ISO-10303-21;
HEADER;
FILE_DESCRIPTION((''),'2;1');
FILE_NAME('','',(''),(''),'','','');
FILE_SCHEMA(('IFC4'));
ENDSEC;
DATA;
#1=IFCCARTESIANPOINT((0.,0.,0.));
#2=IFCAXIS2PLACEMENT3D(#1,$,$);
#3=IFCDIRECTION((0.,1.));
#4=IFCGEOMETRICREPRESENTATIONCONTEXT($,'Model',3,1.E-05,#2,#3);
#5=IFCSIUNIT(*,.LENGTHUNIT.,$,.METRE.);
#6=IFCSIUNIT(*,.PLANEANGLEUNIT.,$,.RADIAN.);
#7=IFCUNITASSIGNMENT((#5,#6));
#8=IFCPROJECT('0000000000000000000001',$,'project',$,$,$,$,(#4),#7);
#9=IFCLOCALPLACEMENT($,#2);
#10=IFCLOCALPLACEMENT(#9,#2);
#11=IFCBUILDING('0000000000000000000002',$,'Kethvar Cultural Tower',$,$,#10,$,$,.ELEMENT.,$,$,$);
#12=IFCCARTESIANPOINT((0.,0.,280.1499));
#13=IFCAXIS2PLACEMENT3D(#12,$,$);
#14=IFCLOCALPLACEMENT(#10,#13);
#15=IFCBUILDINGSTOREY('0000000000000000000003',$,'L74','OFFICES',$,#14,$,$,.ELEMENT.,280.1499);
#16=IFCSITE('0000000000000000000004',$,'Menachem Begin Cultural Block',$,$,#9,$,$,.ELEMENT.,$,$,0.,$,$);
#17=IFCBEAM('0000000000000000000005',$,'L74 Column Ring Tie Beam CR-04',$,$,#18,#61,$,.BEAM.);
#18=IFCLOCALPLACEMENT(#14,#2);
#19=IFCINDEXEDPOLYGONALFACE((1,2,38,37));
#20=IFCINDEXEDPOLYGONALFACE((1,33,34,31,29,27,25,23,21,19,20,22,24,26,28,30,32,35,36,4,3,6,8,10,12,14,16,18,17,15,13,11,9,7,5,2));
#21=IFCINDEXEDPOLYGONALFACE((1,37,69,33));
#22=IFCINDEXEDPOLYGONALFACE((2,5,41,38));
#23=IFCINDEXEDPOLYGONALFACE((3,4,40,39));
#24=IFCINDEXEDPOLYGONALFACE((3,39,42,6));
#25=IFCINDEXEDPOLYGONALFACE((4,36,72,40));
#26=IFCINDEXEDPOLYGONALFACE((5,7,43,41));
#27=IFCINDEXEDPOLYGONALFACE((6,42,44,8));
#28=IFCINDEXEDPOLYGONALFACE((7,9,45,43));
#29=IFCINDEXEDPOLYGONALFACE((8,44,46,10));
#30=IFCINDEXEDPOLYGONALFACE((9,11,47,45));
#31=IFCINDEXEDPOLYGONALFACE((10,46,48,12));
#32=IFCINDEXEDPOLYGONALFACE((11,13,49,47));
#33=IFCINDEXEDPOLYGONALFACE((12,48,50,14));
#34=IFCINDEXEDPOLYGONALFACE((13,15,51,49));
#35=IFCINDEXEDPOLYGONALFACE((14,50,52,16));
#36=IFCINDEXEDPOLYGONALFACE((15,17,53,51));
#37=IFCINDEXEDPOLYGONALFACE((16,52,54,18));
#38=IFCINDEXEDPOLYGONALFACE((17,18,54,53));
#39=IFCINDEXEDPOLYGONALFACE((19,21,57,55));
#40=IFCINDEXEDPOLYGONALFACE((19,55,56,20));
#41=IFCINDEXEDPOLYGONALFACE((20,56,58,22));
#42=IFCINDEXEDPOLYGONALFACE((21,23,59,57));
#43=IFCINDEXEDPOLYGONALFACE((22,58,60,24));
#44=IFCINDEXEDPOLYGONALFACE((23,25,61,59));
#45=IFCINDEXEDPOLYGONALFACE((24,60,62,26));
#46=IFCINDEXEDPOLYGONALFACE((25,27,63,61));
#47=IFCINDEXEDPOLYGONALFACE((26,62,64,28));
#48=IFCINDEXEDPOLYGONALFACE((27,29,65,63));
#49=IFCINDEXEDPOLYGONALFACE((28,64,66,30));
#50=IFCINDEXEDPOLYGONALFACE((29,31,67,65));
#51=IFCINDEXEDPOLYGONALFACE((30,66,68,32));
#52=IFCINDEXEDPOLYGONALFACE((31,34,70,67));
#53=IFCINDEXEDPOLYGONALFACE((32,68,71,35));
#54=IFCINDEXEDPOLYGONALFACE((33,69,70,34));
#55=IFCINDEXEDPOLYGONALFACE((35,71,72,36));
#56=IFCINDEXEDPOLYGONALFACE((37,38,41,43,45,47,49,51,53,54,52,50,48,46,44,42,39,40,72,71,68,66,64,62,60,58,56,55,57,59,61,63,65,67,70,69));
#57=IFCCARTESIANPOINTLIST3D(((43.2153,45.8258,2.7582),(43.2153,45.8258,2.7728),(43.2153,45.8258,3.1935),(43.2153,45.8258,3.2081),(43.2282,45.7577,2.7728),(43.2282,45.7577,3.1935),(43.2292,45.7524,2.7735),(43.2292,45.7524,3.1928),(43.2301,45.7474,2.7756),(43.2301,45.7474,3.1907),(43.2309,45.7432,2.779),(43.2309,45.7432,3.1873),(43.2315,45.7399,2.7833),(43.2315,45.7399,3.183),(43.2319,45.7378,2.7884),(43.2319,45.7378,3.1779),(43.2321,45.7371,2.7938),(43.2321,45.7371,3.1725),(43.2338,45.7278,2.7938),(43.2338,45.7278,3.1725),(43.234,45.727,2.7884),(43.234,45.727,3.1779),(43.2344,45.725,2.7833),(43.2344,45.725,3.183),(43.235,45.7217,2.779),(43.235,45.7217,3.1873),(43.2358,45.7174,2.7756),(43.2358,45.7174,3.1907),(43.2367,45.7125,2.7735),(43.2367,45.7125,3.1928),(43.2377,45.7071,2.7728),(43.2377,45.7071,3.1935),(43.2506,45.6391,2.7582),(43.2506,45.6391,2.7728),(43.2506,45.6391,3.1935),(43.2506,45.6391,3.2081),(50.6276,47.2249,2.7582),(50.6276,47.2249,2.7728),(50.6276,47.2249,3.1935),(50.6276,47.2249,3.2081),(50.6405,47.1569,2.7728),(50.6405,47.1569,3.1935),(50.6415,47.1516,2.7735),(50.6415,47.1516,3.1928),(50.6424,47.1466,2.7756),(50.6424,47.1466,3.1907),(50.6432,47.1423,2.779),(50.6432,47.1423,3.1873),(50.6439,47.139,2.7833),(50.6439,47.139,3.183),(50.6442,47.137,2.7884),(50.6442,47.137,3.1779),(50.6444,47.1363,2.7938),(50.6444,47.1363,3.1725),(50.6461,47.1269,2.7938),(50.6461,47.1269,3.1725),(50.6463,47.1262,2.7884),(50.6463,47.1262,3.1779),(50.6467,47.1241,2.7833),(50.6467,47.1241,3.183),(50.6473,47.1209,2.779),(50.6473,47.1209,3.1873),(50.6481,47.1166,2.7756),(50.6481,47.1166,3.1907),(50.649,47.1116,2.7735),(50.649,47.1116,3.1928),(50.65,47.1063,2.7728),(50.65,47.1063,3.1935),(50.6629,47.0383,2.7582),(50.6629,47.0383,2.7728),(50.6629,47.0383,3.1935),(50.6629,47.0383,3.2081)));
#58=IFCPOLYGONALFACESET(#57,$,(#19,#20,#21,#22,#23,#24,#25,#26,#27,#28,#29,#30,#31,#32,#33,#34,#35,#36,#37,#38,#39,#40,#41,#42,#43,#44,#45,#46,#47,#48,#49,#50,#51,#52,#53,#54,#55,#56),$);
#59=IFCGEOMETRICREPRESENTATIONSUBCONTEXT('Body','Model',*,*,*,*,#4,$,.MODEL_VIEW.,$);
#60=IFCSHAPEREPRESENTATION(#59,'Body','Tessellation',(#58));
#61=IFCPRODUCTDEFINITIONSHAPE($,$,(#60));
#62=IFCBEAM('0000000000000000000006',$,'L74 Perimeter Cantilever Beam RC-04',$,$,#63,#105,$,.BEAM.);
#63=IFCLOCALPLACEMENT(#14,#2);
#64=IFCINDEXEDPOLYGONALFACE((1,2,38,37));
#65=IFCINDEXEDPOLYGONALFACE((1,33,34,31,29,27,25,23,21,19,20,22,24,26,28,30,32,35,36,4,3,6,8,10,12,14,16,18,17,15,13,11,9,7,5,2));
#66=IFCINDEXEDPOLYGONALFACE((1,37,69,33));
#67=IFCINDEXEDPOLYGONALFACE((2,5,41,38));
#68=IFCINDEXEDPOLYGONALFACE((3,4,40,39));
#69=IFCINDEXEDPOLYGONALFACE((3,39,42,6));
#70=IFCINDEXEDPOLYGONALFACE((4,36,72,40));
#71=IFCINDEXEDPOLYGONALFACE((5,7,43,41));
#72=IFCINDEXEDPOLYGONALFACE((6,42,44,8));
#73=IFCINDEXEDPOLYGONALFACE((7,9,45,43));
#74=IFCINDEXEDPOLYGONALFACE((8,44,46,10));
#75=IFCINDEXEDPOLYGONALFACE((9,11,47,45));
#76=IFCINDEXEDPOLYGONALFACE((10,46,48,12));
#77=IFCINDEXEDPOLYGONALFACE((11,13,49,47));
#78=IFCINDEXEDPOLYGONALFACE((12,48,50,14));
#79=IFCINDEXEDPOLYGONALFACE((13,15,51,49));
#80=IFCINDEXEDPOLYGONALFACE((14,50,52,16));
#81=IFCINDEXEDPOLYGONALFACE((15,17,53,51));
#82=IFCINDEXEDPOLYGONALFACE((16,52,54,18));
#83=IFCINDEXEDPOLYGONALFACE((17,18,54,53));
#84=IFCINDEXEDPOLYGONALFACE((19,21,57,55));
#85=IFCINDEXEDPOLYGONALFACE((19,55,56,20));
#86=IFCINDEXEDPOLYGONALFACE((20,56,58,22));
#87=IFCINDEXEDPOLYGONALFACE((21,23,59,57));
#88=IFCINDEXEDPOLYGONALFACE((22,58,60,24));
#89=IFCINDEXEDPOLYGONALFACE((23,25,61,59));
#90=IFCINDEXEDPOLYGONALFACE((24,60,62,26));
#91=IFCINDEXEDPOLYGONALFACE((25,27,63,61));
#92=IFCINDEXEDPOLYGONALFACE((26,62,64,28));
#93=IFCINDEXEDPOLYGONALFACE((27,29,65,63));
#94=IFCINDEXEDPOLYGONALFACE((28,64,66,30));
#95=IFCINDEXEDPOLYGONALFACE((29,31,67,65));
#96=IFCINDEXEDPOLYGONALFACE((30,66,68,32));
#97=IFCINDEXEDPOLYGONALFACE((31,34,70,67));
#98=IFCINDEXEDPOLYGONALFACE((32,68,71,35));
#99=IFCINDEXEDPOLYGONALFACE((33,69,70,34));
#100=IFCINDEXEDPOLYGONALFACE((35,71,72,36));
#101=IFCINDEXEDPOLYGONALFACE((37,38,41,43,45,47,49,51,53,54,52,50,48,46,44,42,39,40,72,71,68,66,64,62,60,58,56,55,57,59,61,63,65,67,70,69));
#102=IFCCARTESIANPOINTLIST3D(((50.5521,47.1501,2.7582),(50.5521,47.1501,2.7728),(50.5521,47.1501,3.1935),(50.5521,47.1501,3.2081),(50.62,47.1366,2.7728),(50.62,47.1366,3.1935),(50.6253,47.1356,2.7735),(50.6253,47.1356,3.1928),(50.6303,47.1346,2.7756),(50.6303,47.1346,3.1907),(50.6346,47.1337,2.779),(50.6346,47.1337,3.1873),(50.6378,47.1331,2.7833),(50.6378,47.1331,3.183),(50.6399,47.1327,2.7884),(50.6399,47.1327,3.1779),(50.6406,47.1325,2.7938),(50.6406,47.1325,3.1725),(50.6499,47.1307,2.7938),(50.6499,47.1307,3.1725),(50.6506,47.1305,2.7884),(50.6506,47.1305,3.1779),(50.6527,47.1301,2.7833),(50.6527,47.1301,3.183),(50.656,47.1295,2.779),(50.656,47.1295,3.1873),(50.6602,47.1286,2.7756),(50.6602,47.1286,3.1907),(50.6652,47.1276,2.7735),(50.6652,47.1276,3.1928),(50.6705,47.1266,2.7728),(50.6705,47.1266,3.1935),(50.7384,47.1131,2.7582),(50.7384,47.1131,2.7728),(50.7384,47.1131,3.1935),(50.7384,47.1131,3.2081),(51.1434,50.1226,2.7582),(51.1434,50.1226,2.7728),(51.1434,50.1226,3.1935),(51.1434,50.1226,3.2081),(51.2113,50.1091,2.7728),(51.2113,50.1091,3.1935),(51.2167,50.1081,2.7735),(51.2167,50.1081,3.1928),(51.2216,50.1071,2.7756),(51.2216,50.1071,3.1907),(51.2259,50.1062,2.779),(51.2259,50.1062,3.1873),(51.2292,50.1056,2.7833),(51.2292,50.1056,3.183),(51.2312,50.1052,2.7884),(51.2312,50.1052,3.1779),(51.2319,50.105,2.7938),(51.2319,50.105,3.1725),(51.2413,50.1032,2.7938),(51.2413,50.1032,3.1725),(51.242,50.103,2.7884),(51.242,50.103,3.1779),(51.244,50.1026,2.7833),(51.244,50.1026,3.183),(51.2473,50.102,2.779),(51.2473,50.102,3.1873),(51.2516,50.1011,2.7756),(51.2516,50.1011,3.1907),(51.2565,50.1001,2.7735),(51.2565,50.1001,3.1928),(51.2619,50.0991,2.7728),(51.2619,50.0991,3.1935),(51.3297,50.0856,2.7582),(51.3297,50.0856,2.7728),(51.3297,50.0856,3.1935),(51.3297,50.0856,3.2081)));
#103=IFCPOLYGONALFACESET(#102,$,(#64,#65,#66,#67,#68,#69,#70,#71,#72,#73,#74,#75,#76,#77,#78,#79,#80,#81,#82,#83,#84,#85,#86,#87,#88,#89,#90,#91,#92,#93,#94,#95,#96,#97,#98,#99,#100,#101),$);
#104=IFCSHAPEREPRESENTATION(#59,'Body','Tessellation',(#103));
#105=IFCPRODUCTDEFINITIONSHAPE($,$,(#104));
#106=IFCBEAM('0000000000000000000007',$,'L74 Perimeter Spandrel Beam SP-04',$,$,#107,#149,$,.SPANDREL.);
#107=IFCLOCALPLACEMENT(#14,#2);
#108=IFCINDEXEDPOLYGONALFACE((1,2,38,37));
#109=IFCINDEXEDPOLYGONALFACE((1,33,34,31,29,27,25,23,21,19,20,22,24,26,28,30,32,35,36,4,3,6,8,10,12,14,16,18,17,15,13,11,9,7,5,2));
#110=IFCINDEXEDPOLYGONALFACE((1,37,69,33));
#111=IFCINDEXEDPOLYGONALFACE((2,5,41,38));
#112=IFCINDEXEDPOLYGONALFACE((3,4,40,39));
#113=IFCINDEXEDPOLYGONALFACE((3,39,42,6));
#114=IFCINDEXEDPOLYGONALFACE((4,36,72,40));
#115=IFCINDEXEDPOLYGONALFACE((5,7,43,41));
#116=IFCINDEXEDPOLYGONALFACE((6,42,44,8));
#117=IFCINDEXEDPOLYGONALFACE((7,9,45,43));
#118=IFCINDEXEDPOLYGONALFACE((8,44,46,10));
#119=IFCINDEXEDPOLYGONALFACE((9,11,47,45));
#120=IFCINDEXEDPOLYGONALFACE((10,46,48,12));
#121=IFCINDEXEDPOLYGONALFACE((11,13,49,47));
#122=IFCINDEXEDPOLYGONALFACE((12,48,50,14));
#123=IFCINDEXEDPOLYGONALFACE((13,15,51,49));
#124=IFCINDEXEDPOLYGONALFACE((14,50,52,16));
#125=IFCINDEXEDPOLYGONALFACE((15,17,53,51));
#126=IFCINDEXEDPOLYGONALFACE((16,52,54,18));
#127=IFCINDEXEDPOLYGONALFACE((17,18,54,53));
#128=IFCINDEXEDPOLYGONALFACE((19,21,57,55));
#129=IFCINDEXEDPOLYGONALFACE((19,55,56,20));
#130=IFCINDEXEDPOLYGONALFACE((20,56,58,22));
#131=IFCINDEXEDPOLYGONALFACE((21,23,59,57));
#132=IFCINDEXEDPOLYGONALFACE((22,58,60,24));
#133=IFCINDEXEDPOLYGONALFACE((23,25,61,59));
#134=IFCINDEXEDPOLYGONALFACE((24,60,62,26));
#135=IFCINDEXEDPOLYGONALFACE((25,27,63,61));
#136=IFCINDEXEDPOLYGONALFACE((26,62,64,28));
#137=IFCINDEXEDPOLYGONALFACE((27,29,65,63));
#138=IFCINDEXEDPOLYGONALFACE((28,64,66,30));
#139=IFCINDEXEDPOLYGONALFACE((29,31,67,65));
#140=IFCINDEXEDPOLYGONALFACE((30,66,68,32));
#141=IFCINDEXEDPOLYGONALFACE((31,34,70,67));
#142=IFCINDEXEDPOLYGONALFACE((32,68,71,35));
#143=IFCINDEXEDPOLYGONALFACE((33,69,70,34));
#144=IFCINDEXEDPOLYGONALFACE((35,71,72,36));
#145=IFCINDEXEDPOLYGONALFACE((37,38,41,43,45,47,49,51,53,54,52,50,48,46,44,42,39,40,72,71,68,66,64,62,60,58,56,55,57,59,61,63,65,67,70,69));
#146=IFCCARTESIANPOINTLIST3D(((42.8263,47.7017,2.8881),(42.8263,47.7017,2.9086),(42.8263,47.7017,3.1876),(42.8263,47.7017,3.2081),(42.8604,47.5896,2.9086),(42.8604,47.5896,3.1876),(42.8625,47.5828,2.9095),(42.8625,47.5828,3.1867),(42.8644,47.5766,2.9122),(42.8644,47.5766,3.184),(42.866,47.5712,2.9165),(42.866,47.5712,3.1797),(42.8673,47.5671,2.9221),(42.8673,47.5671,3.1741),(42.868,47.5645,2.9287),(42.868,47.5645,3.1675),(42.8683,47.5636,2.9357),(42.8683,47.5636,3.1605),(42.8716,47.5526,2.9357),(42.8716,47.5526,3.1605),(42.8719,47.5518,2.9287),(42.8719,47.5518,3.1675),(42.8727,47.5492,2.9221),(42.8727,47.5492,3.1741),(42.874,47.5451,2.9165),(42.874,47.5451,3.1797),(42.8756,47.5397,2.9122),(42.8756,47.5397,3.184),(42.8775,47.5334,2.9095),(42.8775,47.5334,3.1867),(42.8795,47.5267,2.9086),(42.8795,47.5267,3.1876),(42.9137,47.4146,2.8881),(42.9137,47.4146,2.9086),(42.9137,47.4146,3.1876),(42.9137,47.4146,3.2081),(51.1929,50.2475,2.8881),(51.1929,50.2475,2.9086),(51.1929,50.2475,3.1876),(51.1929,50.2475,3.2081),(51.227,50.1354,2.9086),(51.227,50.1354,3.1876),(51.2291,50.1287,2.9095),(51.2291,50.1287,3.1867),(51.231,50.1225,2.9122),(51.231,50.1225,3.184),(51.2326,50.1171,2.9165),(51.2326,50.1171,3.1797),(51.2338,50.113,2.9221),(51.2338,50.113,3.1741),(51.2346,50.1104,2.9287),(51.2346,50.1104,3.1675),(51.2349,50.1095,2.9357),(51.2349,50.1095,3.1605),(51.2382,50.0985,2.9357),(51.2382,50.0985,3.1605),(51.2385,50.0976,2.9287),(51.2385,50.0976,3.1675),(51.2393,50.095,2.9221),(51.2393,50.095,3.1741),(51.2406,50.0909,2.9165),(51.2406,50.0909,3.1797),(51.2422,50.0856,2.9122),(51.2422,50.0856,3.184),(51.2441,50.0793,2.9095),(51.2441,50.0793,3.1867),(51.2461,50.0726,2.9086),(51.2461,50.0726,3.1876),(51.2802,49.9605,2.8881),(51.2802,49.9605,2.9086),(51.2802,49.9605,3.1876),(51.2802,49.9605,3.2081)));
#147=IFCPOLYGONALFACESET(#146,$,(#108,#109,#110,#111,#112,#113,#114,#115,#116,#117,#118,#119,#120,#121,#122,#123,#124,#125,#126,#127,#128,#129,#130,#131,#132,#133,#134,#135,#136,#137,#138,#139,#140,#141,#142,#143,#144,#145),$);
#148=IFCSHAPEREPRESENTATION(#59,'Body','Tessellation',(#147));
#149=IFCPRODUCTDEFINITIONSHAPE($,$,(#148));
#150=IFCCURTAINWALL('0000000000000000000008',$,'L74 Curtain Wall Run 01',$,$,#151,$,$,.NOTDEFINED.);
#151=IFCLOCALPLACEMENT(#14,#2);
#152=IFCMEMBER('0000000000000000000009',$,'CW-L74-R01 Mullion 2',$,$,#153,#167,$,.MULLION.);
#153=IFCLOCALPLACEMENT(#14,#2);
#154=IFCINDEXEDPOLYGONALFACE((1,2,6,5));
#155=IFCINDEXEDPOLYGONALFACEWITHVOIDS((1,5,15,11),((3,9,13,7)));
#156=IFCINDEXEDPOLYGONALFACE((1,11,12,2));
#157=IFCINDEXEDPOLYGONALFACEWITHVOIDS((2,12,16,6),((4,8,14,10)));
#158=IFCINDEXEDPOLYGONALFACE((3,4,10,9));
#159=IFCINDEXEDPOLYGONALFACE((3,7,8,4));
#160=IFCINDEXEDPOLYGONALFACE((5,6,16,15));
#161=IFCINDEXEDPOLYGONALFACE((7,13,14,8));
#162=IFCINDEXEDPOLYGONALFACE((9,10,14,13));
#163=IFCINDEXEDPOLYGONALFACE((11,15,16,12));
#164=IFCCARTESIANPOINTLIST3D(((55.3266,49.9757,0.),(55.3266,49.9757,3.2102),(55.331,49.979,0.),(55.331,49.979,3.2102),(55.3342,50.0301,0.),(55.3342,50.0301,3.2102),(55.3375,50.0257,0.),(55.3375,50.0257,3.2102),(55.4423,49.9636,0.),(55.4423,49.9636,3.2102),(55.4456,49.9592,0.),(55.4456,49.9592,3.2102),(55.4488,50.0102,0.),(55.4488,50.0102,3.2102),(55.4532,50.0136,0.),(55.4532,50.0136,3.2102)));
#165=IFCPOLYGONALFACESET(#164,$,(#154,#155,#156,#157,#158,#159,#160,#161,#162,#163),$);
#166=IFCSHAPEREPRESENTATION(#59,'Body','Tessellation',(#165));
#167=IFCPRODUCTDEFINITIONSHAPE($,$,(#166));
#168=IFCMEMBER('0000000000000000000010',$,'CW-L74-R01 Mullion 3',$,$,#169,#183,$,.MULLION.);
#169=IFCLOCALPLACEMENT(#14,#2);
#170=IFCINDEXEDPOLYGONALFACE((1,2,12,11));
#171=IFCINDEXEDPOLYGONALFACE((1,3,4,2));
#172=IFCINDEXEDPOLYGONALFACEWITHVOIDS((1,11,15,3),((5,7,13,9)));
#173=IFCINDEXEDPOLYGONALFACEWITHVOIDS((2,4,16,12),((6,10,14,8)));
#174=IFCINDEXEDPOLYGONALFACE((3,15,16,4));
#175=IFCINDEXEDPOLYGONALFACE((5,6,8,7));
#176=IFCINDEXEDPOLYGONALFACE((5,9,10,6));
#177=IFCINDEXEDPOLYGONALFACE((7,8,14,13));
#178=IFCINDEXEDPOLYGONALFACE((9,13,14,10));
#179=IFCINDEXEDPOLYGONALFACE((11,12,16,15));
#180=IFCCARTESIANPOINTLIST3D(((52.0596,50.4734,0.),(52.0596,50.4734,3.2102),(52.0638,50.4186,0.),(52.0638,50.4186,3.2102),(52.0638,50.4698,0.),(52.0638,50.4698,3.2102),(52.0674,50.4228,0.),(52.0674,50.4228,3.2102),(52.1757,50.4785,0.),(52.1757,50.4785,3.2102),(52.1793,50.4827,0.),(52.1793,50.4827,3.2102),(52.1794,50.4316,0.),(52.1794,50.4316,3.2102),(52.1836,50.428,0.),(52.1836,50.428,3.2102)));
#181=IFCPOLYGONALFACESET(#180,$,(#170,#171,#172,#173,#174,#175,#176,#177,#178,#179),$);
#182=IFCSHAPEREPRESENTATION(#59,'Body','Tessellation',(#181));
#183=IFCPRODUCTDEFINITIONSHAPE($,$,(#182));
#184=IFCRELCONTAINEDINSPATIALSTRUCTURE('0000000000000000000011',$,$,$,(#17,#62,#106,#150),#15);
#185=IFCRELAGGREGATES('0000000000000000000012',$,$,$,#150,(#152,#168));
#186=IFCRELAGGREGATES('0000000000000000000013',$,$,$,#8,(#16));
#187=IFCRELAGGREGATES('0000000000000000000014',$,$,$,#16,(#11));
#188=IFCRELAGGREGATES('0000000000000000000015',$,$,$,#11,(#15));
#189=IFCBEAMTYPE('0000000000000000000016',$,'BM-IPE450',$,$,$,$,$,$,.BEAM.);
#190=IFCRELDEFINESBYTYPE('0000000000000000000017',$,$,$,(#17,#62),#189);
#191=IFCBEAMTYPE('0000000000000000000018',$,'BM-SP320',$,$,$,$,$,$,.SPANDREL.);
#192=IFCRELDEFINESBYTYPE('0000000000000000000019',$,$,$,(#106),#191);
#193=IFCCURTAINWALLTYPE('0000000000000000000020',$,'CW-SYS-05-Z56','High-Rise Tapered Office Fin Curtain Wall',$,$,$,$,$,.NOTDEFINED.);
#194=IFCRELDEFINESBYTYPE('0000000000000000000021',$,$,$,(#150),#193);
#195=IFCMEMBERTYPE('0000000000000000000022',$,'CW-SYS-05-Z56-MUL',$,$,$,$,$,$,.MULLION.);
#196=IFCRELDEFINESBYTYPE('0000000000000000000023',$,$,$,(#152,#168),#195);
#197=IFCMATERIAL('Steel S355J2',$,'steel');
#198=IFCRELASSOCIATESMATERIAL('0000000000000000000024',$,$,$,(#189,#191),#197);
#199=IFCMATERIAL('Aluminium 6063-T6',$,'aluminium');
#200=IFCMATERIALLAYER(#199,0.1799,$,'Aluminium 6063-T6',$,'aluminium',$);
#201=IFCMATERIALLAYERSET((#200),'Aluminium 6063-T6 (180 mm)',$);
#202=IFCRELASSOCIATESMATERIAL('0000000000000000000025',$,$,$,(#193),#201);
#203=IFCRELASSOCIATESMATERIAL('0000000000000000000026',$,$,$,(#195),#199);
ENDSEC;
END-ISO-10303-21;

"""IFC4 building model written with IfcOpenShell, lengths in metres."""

from ifc_helpers import new_model, si_unit, direction, frame, origin, origin_2d, place, context, subcontext, project, spatial, hollow_rectangle, i_section, extrude, source, transform, mapped, material, layer, layer_set, material_profile, profile_set, type_object, element, aggregate, save


model = new_model("IFC4")

# Units and contexts
model_context = context("Model", 3, precision=1e-05, world=origin(), true_north=direction((0.0, 1.0)))
body_context = subcontext(model_context, "Body", "Model", "MODEL_VIEW")
ifc_project = project(units=[si_unit("LENGTHUNIT", "METRE"), si_unit("PLANEANGLEUNIT", "RADIAN")], contexts=[model_context])

# Site, building, storey
site_placement = place(None, origin())
site = spatial("IfcSite", under=ifc_project, at=site_placement, Name="Menachem Begin Cultural Block", CompositionType="ELEMENT", RefElevation=0.0)
building_placement = place(site_placement, origin())
building = spatial("IfcBuilding", under=site, at=building_placement, Name="Kethvar Cultural Tower", CompositionType="ELEMENT")
storey_placement = place(building_placement, frame((0.0, 0.0, 280.1499)))
storey = spatial("IfcBuildingStorey", under=building, at=storey_placement, Name="L74", Description="OFFICES", CompositionType="ELEMENT", Elevation=280.1499)

# Shared definitions
ifc_material_1 = material(Name="Steel S355J2", Category="steel")

# Beams
ifc_material_profile_1 = material_profile(ifc_material_1, i_section(OverallWidth=0.1899, OverallDepth=0.45, WebThickness=0.0095, FlangeThickness=0.0146, FilletRadius=0.021, at=origin_2d()), Name="Steel S355J2 — IPE450")
ifc_profile_set_1 = profile_set([ifc_material_profile_1], Name="Steel S355J2 — IPE450")
beam_type_1 = type_object("IfcBeamType", Name="BM-IPE450", PredefinedType="BEAM", material=ifc_profile_set_1)
shared_shape_1 = source(origin(), body_context, "Body", "SweptSolid", [
    extrude(i_section(OverallWidth=0.1899, OverallDepth=0.45, WebThickness=0.0095, FlangeThickness=0.0146, FilletRadius=0.021, at=origin_2d()), origin(), (0.0, 0.0, 1.0), 7.5432),
])
beam_1_placement = place(storey_placement, frame((50.6453, 47.1316, 2.9832), z_axis=(-0.982647, -0.185486, 0.0), x_axis=(0.185486, -0.982647, 0.0)))
element("IfcBeam", 1, at=beam_1_placement, inside=storey, type_object=beam_type_1, Name="L74 Column Ring Tie Beam CR-04", PredefinedType="BEAM", context=body_context, shape_type="MappedRepresentation", body=[
    mapped(shared_shape_1, transform((0.0, 0.0, 0.0), scale=1.0)),
])
shared_shape_2 = source(origin(), body_context, "Body", "SweptSolid", [
    extrude(i_section(OverallWidth=0.1899, OverallDepth=0.45, WebThickness=0.0095, FlangeThickness=0.0146, FilletRadius=0.021, at=origin_2d()), origin(), (0.0, 0.0, 1.0), 3.0308),
])
beam_2_placement = place(storey_placement, frame((50.6453, 47.1316, 2.9832), z_axis=(0.195109, 0.980782, 0.0), x_axis=(-0.980782, 0.195109, 0.0)))
element("IfcBeam", 2, at=beam_2_placement, inside=storey, type_object=beam_type_1, Name="L74 Perimeter Cantilever Beam RC-04", PredefinedType="BEAM", context=body_context, shape_type="MappedRepresentation", body=[
    mapped(shared_shape_2, transform((0.0, 0.0, 0.0), scale=1.0)),
])
ifc_material_profile_2 = material_profile(ifc_material_1, i_section(OverallWidth=0.3, OverallDepth=0.3201, WebThickness=0.0115, FlangeThickness=0.0205, FilletRadius=0.0271, at=origin_2d()), Name="Steel S355J2 — HEB320")
ifc_profile_set_2 = profile_set([ifc_material_profile_2], Name="Steel S355J2 — HEB320")
beam_type_2 = type_object("IfcBeamType", Name="BM-SP320", PredefinedType="SPANDREL", material=ifc_profile_set_2)
shared_shape_3 = source(origin(), body_context, "Body", "SweptSolid", [
    extrude(i_section(OverallWidth=0.3, OverallDepth=0.3201, WebThickness=0.0115, FlangeThickness=0.0205, FilletRadius=0.0271, at=origin_2d()), origin(), (0.0, 0.0, 1.0), 8.7454),
])
beam_3_placement = place(storey_placement, frame((51.2366, 50.104, 3.0481), z_axis=(-0.956689, -0.291111, 0.0), x_axis=(0.291111, -0.956689, 0.0)))
element("IfcBeam", 3, at=beam_3_placement, inside=storey, type_object=beam_type_2, Name="L74 Perimeter Spandrel Beam SP-04", PredefinedType="SPANDREL", context=body_context, shape_type="MappedRepresentation", body=[
    mapped(shared_shape_3, transform((0.0, 0.0, 0.0), scale=1.0)),
])

# Curtain wall, members
ifc_material_2 = material(Name="Aluminium 6063-T6", Category="aluminium")
ifc_layer_1 = layer(ifc_material_2, 0.1799, Name="Aluminium 6063-T6", Category="aluminium")
ifc_layer_set_1 = layer_set([ifc_layer_1], Name="Aluminium 6063-T6 (180 mm)")
curtain_wall_type = type_object("IfcCurtainWallType", Name="CW-SYS-05-Z56", Description="High-Rise Tapered Office Fin Curtain Wall", PredefinedType="NOTDEFINED", material=ifc_layer_set_1)
curtain_wall_placement = place(storey_placement, origin())
curtain_wall = element("IfcCurtainWall", 4, at=curtain_wall_placement, inside=storey, type_object=curtain_wall_type, Name="L74 Curtain Wall Run 01", PredefinedType="NOTDEFINED")
ifc_material_profile_3 = material_profile(ifc_material_2, hollow_rectangle(XDim=0.0549, YDim=0.1201, WallThickness=0.0039, at=origin_2d()), Name="Aluminium 6063-T6 — RHS120x55x4")
ifc_profile_set_3 = profile_set([ifc_material_profile_3], Name="Aluminium 6063-T6 — RHS120x55x4")
member_type_1 = type_object("IfcMemberType", Name="CW-SYS-05-Z56-MUL", PredefinedType="MULLION", material=ifc_profile_set_3)
shared_shape_4 = source(origin(), body_context, "Body", "SweptSolid", [
    extrude(hollow_rectangle(XDim=0.0549, YDim=0.1201, WallThickness=0.0039, at=origin_2d()), origin(), (0.0, 0.0, 1.0), 3.2102),
])
member_1_placement = place(storey_placement, frame((55.3899, 49.9946, 0.0), z_axis=(0.0, 0.0, 1.0), x_axis=(-0.137514, -0.9905, 0.0)))
member_1 = element("IfcMember", 5, at=member_1_placement, type_object=member_type_1, Name="CW-L74-R01 Mullion 2", PredefinedType="MULLION", context=body_context, shape_type="MappedRepresentation", body=[
    mapped(shared_shape_4, transform((0.0, 0.0, 0.0), scale=1.0)),
])
member_2_placement = place(storey_placement, frame((52.1216, 50.4507, 0.0), z_axis=(0.0, 0.0, 1.0), x_axis=(0.077606, -0.996984, 0.0)))
member_2 = element("IfcMember", 6, at=member_2_placement, type_object=member_type_1, Name="CW-L74-R01 Mullion 3", PredefinedType="MULLION", context=body_context, shape_type="MappedRepresentation", body=[
    mapped(shared_shape_4, transform((0.0, 0.0, 0.0), scale=1.0)),
])
aggregate(curtain_wall, [member_1, member_2])

save(model, "model.ifc")
